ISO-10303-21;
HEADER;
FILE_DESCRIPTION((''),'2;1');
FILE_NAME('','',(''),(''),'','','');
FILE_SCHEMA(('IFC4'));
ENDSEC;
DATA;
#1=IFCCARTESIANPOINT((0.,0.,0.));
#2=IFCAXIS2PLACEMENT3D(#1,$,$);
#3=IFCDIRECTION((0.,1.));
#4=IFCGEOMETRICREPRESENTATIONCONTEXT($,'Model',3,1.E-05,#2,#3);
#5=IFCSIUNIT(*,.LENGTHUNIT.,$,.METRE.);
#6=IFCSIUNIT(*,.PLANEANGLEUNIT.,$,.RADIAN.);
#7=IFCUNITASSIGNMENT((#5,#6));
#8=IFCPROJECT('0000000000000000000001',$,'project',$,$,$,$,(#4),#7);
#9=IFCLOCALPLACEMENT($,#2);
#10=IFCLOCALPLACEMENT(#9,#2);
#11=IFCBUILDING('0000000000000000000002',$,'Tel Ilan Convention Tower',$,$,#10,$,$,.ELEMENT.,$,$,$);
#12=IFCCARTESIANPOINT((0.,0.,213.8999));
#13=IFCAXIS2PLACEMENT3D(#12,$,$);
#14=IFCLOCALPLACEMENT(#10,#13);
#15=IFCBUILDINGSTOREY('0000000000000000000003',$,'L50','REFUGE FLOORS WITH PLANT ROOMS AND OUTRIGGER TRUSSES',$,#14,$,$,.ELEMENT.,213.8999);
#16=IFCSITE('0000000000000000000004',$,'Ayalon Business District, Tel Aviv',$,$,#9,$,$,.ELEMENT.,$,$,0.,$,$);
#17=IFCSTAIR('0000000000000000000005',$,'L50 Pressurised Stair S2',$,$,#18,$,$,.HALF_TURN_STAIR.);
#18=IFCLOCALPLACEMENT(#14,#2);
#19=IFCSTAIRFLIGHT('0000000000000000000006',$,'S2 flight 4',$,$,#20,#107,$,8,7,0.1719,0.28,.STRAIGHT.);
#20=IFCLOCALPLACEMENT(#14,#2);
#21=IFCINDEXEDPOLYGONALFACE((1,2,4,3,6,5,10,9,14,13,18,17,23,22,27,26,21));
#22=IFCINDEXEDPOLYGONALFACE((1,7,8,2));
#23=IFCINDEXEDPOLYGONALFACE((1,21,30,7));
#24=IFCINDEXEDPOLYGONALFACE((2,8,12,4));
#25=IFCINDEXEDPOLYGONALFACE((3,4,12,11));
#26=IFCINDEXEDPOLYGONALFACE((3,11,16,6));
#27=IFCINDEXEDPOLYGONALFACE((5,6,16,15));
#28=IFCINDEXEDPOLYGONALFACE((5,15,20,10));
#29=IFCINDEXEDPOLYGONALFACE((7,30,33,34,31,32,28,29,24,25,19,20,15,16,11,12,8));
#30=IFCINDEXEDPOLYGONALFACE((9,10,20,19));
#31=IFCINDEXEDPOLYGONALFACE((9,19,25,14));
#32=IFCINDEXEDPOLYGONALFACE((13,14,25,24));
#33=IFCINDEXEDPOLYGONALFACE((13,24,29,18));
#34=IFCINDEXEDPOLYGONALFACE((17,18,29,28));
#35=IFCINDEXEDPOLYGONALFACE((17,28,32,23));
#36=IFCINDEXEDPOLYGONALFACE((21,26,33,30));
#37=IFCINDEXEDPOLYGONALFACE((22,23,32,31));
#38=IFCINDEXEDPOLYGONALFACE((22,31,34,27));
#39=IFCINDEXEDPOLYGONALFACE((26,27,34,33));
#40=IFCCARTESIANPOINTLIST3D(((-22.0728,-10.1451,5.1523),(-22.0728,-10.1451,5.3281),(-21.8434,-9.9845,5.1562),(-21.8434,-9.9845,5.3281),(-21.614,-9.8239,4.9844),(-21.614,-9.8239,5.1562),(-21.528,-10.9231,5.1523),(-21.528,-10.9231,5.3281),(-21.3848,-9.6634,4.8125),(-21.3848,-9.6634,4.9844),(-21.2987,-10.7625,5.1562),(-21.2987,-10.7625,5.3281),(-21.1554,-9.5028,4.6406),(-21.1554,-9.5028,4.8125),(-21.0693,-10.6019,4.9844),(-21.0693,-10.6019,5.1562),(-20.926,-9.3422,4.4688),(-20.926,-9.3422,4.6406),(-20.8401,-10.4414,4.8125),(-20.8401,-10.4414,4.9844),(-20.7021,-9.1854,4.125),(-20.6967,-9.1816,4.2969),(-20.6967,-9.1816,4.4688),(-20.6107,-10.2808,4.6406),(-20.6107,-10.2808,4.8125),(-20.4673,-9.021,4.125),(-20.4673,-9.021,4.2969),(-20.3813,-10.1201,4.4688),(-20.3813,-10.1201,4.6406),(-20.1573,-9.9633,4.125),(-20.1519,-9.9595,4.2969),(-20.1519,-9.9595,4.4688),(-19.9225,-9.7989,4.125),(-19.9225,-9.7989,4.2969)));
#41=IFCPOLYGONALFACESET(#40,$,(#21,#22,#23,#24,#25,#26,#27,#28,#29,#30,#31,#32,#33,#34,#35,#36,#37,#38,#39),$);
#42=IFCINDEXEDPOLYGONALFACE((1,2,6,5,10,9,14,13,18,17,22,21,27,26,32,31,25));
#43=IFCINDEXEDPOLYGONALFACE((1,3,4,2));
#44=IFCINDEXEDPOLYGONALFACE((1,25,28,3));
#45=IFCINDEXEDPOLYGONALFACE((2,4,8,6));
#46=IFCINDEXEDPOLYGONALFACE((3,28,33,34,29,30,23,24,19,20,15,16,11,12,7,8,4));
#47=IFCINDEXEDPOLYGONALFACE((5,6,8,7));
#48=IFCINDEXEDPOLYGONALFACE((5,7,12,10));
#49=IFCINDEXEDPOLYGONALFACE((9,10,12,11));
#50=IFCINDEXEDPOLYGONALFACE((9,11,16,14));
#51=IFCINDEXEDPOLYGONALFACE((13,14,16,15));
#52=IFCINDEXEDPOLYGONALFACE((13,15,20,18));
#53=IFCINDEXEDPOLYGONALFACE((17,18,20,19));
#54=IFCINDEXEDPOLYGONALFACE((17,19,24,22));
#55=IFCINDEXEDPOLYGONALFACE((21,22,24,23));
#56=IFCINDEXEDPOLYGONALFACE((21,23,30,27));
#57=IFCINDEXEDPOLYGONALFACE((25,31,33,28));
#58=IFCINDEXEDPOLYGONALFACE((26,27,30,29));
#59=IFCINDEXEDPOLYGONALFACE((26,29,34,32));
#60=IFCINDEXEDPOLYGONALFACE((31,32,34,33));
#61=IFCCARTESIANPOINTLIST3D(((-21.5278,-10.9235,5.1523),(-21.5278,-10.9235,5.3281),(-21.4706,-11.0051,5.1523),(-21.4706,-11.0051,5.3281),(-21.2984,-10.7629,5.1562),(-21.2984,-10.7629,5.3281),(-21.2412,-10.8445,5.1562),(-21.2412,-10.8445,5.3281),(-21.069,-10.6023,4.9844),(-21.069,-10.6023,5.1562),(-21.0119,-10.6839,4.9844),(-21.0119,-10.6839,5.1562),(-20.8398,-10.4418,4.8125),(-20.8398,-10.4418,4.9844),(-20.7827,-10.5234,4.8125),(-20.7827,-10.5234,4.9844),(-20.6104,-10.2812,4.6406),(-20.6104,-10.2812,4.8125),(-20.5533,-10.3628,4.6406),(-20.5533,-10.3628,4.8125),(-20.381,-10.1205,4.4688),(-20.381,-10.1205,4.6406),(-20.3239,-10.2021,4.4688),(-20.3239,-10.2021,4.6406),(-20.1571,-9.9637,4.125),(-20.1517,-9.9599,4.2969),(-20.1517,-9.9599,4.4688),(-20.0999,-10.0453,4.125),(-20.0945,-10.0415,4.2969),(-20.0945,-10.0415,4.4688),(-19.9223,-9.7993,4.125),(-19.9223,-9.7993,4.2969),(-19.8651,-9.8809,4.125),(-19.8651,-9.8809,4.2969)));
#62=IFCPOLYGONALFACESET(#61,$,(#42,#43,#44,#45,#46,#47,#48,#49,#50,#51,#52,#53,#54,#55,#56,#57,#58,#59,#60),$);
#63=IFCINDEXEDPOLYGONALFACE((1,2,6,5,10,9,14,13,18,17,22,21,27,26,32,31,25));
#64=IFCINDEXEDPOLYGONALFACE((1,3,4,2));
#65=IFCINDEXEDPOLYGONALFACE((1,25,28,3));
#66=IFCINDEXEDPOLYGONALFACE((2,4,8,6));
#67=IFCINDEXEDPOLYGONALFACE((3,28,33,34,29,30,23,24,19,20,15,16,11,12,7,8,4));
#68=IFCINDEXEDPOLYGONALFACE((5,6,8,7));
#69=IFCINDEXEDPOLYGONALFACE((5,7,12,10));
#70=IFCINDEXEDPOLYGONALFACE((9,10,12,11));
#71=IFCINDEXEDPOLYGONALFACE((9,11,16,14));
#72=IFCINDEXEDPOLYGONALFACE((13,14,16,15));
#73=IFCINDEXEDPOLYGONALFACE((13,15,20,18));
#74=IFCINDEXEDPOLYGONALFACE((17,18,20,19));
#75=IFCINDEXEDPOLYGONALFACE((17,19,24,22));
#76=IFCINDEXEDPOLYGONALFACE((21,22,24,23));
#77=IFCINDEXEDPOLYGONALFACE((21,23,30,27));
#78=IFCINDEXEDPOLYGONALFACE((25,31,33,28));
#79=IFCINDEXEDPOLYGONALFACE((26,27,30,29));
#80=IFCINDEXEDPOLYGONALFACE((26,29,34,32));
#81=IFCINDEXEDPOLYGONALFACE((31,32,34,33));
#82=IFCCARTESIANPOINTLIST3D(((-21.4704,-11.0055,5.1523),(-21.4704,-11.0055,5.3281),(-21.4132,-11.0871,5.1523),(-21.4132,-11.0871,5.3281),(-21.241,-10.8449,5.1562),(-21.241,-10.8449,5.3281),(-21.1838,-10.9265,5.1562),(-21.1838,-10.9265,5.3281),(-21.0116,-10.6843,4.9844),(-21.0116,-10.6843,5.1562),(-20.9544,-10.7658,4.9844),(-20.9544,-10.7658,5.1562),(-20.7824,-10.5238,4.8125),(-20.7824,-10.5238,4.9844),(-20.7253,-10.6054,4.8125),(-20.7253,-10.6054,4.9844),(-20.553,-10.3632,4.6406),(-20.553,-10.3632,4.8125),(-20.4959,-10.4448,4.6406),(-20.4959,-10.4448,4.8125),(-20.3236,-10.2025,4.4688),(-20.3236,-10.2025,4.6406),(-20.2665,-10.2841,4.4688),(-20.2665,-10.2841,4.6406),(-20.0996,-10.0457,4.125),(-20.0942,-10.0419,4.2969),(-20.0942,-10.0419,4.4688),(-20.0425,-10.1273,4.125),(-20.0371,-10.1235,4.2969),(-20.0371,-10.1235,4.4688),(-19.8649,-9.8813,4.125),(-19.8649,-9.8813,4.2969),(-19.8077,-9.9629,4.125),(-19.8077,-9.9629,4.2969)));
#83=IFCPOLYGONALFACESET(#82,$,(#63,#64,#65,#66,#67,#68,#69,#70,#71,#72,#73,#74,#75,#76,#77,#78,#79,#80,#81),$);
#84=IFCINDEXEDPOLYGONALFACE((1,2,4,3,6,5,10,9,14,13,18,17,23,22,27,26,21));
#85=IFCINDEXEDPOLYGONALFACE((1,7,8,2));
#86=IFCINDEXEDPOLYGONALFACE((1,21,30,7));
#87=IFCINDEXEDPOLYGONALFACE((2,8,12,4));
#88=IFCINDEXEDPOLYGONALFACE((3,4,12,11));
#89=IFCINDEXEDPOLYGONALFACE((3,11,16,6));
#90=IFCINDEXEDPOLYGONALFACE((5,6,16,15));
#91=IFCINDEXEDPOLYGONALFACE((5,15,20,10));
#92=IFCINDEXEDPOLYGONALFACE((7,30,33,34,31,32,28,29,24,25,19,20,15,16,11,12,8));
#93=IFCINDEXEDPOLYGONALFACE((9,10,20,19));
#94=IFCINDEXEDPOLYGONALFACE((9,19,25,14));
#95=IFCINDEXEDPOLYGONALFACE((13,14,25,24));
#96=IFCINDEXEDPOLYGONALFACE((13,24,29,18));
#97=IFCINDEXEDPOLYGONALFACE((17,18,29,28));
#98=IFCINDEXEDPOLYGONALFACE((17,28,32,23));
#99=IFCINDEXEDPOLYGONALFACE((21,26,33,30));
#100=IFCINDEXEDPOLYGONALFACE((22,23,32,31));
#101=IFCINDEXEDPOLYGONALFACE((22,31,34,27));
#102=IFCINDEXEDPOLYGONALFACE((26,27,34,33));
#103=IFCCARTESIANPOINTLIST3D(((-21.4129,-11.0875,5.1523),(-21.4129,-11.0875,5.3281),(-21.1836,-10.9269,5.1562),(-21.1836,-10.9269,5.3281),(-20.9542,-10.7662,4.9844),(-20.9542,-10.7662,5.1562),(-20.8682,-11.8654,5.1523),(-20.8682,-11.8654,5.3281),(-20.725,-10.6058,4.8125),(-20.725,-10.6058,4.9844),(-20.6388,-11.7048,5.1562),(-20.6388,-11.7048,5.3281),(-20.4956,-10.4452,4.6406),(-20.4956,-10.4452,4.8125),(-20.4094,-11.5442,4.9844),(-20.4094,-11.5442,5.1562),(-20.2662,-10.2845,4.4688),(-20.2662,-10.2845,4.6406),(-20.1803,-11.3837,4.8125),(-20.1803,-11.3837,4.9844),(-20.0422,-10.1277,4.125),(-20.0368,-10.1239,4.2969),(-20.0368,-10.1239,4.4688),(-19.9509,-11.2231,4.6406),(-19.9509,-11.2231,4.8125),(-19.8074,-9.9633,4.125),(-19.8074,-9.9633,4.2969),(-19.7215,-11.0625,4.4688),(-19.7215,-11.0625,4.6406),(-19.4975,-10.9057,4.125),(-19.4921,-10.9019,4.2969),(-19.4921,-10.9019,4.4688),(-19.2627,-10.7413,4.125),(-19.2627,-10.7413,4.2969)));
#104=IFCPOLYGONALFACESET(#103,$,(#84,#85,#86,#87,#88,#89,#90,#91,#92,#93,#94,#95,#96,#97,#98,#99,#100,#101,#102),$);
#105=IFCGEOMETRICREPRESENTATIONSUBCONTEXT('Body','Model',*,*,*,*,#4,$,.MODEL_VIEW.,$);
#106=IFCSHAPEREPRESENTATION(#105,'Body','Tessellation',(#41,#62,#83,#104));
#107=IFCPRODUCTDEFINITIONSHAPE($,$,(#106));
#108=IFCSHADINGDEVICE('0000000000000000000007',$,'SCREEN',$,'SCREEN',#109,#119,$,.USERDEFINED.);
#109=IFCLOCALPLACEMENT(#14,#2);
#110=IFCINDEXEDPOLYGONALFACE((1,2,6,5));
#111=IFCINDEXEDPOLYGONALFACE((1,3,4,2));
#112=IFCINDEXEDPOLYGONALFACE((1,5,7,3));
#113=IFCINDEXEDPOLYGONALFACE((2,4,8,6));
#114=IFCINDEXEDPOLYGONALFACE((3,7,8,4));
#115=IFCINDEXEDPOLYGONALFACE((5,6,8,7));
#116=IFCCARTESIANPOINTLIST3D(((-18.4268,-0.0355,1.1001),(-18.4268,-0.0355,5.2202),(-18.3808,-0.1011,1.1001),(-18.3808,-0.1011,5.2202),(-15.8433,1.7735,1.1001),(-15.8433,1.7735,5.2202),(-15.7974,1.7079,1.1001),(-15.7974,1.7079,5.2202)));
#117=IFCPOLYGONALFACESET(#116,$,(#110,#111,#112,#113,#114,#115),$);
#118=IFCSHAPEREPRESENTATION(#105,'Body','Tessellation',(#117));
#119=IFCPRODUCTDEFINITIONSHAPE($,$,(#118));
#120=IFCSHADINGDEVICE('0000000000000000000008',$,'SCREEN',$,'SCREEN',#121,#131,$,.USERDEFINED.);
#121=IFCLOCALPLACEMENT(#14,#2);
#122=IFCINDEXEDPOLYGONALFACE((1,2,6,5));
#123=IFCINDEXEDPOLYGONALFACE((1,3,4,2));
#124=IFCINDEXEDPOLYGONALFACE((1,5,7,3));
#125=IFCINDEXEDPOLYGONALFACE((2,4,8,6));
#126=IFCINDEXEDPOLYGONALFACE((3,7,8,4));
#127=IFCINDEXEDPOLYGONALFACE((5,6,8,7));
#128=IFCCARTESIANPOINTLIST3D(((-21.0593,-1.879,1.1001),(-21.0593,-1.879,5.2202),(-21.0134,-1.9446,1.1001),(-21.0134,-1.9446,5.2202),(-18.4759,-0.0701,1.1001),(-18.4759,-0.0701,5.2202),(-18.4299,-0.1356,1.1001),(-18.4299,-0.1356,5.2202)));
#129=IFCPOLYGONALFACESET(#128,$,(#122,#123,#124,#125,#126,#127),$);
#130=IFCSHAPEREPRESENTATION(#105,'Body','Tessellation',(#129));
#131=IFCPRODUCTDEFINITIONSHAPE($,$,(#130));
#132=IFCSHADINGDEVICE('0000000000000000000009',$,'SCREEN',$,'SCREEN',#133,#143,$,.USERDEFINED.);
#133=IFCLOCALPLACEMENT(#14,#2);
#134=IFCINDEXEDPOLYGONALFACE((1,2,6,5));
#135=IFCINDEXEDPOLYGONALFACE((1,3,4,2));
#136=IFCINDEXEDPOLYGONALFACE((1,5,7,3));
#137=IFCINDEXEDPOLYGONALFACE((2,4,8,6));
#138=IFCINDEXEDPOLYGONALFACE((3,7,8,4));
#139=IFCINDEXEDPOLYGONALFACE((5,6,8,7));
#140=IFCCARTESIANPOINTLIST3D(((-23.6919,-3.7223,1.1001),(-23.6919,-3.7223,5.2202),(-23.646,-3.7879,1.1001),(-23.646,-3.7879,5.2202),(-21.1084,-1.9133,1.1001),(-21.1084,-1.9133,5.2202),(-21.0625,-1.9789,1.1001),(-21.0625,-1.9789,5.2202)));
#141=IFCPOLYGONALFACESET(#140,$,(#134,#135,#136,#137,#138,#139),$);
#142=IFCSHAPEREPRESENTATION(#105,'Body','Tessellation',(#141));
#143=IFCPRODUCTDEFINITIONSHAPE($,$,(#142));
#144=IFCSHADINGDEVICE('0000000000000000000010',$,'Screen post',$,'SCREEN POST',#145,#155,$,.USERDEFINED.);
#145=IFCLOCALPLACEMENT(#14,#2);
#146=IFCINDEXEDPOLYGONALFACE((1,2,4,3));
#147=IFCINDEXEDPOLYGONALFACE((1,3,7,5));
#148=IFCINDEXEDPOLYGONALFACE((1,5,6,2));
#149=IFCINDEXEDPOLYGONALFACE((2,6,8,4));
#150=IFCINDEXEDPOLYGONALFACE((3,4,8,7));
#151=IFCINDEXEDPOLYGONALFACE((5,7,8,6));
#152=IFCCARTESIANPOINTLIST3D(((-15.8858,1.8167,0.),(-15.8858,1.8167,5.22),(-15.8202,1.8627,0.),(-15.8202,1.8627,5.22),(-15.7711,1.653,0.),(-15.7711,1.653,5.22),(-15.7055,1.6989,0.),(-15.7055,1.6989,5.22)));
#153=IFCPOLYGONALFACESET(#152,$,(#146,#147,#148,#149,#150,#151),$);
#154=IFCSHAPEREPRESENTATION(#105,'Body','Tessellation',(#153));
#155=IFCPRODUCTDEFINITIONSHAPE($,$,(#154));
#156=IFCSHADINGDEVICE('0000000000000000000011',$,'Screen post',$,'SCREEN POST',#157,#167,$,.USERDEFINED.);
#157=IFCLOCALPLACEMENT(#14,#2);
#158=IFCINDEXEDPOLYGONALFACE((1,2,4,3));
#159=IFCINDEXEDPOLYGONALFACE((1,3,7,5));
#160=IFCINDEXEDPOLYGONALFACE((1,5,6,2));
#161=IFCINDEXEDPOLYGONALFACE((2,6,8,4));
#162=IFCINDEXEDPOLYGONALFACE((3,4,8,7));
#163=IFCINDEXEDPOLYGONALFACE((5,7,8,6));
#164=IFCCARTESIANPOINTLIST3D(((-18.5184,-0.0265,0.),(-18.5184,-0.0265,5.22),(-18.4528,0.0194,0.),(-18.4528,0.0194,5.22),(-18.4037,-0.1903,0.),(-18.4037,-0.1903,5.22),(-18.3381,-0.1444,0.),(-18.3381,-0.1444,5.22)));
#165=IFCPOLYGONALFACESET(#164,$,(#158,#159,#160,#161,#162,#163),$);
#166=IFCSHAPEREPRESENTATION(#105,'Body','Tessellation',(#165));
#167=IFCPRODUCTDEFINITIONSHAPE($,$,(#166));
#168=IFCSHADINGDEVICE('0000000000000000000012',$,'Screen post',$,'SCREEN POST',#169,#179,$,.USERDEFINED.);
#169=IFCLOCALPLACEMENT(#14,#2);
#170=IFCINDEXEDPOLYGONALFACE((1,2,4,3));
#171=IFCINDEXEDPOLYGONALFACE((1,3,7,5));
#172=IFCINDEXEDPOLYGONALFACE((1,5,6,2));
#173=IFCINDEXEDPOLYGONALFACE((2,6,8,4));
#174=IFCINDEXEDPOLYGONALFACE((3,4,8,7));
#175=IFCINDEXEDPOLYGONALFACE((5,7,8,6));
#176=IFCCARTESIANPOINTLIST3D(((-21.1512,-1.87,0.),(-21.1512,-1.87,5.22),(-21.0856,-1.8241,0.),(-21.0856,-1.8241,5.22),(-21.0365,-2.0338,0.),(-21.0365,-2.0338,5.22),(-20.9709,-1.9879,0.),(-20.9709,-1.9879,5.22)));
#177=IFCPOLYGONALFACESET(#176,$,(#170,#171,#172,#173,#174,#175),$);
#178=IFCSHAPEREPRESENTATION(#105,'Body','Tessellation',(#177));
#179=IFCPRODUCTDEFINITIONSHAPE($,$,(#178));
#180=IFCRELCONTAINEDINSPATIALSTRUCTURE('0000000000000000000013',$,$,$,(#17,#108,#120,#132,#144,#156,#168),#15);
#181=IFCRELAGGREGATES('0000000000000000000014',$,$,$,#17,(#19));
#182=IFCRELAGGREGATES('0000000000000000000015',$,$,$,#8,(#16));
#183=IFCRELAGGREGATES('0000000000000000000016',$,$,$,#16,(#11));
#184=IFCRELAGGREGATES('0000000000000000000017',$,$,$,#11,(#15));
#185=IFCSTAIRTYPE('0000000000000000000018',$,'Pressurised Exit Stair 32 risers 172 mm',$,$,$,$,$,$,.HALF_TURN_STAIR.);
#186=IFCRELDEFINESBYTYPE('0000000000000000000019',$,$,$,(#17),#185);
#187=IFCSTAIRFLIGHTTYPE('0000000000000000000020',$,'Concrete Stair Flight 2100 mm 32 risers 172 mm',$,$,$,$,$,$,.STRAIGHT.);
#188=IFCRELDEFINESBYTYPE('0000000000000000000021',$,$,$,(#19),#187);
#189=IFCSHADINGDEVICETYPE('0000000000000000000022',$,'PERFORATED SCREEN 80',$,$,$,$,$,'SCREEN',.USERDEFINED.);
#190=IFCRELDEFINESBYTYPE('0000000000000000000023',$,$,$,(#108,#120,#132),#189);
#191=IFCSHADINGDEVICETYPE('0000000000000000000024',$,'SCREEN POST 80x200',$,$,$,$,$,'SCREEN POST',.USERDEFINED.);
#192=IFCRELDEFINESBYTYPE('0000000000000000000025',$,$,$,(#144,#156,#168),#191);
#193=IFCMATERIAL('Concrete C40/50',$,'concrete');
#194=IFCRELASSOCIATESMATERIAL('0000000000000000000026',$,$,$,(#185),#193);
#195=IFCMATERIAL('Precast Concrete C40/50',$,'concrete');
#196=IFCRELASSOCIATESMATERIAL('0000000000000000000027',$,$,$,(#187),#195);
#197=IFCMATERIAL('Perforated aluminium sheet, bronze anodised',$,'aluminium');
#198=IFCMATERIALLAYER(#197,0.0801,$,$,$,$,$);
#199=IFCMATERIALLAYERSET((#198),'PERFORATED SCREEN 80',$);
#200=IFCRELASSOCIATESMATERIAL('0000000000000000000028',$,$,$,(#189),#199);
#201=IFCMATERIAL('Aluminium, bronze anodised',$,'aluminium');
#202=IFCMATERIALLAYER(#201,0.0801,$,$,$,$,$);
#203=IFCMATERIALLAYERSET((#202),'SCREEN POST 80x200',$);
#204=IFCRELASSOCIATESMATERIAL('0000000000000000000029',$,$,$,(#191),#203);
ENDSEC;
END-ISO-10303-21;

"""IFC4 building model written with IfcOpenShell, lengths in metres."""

from ifc_helpers import new_model, si_unit, direction, frame, origin, origin_2d, place, context, subcontext, project, spatial, polyline, rectangle, outline, extrude, material, layer, layer_set, type_object, element, aggregate, save


model = new_model("IFC4")

# Units and contexts
model_context = context("Model", 3, precision=1e-05, world=origin(), true_north=direction((0.0, 1.0)))
body_context = subcontext(model_context, "Body", "Model", "MODEL_VIEW")
ifc_project = project(units=[si_unit("LENGTHUNIT", "METRE"), si_unit("PLANEANGLEUNIT", "RADIAN")], contexts=[model_context])

# Site, building, storey
site_placement = place(None, origin())
site = spatial("IfcSite", under=ifc_project, at=site_placement, Name="Ayalon Business District, Tel Aviv", CompositionType="ELEMENT", RefElevation=0.0)
building_placement = place(site_placement, origin())
building = spatial("IfcBuilding", under=site, at=building_placement, Name="Tel Ilan Convention Tower", CompositionType="ELEMENT")
storey_placement = place(building_placement, frame((0.0, 0.0, 213.8999)))
storey = spatial("IfcBuildingStorey", under=building, at=storey_placement, Name="L50", Description="REFUGE FLOORS WITH PLANT ROOMS AND OUTRIGGER TRUSSES", CompositionType="ELEMENT", Elevation=213.8999)

# Stair, stair flight
ifc_material_1 = material(Name="Concrete C40/50", Category="concrete")
stair_type = type_object("IfcStairType", Name="Pressurised Exit Stair 32 risers 172 mm", PredefinedType="HALF_TURN_STAIR", material=ifc_material_1)
stair_placement = place(storey_placement, origin())
stair = element("IfcStair", 1, at=stair_placement, inside=storey, type_object=stair_type, Name="L50 Pressurised Stair S2", PredefinedType="HALF_TURN_STAIR")
ifc_material_2 = material(Name="Precast Concrete C40/50", Category="concrete")
stair_flight_type = type_object("IfcStairFlightType", Name="Concrete Stair Flight 2100 mm 32 risers 172 mm", PredefinedType="STRAIGHT", material=ifc_material_2)
stair_flight_1_placement = place(storey_placement, frame((-19.865, -9.8811, 4.125), z_axis=(0.0, 0.0, 1.0), x_axis=(-0.819152, -0.573576, 0.0)))
stair_flight_1 = element("IfcStairFlight", 2, at=stair_flight_1_placement, type_object=stair_flight_type, Name="S2 flight 4", NumberOfRisers=8, NumberOfTreads=7, PredefinedType="STRAIGHT", RiserHeight=0.1719, TreadLength=0.28, context=body_context, shape_type="SweptSolid", body=[
    extrude(outline(polyline([(0.0, 0.0), (0.0, 0.1719), (0.28, 0.1719), (0.28, 0.3438), (0.5601, 0.3438), (0.5601, 0.5156), (0.8401, 0.5156), (0.8401, 0.6875), (1.1201, 0.6875), (1.1201, 0.8594), (1.3999, 0.8594), (1.3999, 1.0312), (1.6799, 1.0312), (1.6799, 1.2031), (1.96, 1.2031), (1.96, 1.375), (1.96, 1.0273), (0.2866, 0.0), (0.0, 0.0)])), frame((0.0, -0.1003, 0.0), z_axis=(0.0, -1.0, 0.0), x_axis=(1.0, 0.0, 0.0)), (0.0, 0.0, 1.0), 0.9497),
    extrude(outline(polyline([(0.0, 0.0), (0.0, 0.1719), (0.28, 0.1719), (0.28, 0.3438), (0.5601, 0.3438), (0.5601, 0.5156), (0.8401, 0.5156), (0.8401, 0.6875), (1.1201, 0.6875), (1.1201, 0.8594), (1.3999, 0.8594), (1.3999, 1.0312), (1.6799, 1.0312), (1.6799, 1.2031), (1.96, 1.2031), (1.96, 1.375), (1.96, 1.0273), (0.2866, 0.0), (0.0, 0.0)])), frame((0.0, -0.0002, 0.0), z_axis=(0.0, -1.0, 0.0), x_axis=(1.0, 0.0, 0.0)), (0.0, 0.0, 1.0), 0.0996),
    extrude(outline(polyline([(0.0, 0.0), (0.0, 0.1719), (0.28, 0.1719), (0.28, 0.3438), (0.5601, 0.3438), (0.5601, 0.5156), (0.8401, 0.5156), (0.8401, 0.6875), (1.1201, 0.6875), (1.1201, 0.8594), (1.3999, 0.8594), (1.3999, 1.0312), (1.6799, 1.0312), (1.6799, 1.2031), (1.96, 1.2031), (1.96, 1.375), (1.96, 1.0273), (0.2866, 0.0), (0.0, 0.0)])), frame((0.0, 0.0999, 0.0), z_axis=(0.0, -1.0, 0.0), x_axis=(1.0, 0.0, 0.0)), (0.0, 0.0, 1.0), 0.0996),
    extrude(outline(polyline([(0.0, 0.0), (0.0, 0.1719), (0.28, 0.1719), (0.28, 0.3438), (0.5601, 0.3438), (0.5601, 0.5156), (0.8401, 0.5156), (0.8401, 0.6875), (1.1201, 0.6875), (1.1201, 0.8594), (1.3999, 0.8594), (1.3999, 1.0312), (1.6799, 1.0312), (1.6799, 1.2031), (1.96, 1.2031), (1.96, 1.375), (1.96, 1.0273), (0.2866, 0.0), (0.0, 0.0)])), frame((0.0, 1.05, 0.0), z_axis=(0.0, -1.0, 0.0), x_axis=(1.0, 0.0, 0.0)), (0.0, 0.0, 1.0), 0.9497),
])
aggregate(stair, [stair_flight_1])

# Shading devices
ifc_material_3 = material(Name="Perforated aluminium sheet, bronze anodised", Category="aluminium")
ifc_layer_1 = layer(ifc_material_3, 0.0801)
ifc_layer_set_1 = layer_set([ifc_layer_1], Name="PERFORATED SCREEN 80")
shading_device_type_1 = type_object("IfcShadingDeviceType", Name="PERFORATED SCREEN 80", ElementType="SCREEN", PredefinedType="USERDEFINED", material=ifc_layer_set_1)
for number, where, z_axis, x_axis, name in (
    (3, (-17.1121, 0.8362, 1.1001), (0.0, 0.0, 1.0), (-0.819152, -0.573576, 0.0), "SCREEN"),
    (4, (-19.7446, -1.0073, 1.1001), (0.0, 0.0, 1.0), (-0.819152, -0.573576, 0.0), "SCREEN"),
    (5, (-22.3772, -2.8506, 1.1001), (0.0, 0.0, 1.0), (-0.819152, -0.573576, 0.0), "SCREEN"),
):
    element("IfcShadingDevice", number, at=place(storey_placement, frame(where, z_axis=z_axis, x_axis=x_axis)), inside=storey, type_object=shading_device_type_1, Name=name, ObjectType="SCREEN", PredefinedType="USERDEFINED", context=body_context, shape_type="SweptSolid", body=[
        extrude(rectangle(XDim=3.1538, YDim=0.0801, at=origin_2d()), origin(), (0.0, 0.0, 1.0), 4.1201),
    ])
ifc_material_4 = material(Name="Aluminium, bronze anodised", Category="aluminium")
ifc_layer_2 = layer(ifc_material_4, 0.0801)
ifc_layer_set_2 = layer_set([ifc_layer_2], Name="SCREEN POST 80x200")
shading_device_type_2 = type_object("IfcShadingDeviceType", Name="SCREEN POST 80x200", ElementType="SCREEN POST", PredefinedType="USERDEFINED", material=ifc_layer_set_2)
for number, where, z_axis, x_axis, name in (
    (6, (-15.7957, 1.7578, 0.0), (0.0, 0.0, 1.0), (-0.819152, -0.573576, 0.0), "Screen post"),
    (7, (-18.4282, -0.0854, 0.0), (0.0, 0.0, 1.0), (-0.819152, -0.573576, 0.0), "Screen post"),
    (8, (-21.061, -1.929, 0.0), (0.0, 0.0, 1.0), (-0.819152, -0.573576, 0.0), "Screen post"),
):
    element("IfcShadingDevice", number, at=place(storey_placement, frame(where, z_axis=z_axis, x_axis=x_axis)), inside=storey, type_object=shading_device_type_2, Name=name, ObjectType="SCREEN POST", PredefinedType="USERDEFINED", context=body_context, shape_type="SweptSolid", body=[
        extrude(rectangle(XDim=0.0801, YDim=0.2, at=origin_2d()), origin(), (0.0, 0.0, 1.0), 5.22),
    ])

save(model, "model.ifc")
